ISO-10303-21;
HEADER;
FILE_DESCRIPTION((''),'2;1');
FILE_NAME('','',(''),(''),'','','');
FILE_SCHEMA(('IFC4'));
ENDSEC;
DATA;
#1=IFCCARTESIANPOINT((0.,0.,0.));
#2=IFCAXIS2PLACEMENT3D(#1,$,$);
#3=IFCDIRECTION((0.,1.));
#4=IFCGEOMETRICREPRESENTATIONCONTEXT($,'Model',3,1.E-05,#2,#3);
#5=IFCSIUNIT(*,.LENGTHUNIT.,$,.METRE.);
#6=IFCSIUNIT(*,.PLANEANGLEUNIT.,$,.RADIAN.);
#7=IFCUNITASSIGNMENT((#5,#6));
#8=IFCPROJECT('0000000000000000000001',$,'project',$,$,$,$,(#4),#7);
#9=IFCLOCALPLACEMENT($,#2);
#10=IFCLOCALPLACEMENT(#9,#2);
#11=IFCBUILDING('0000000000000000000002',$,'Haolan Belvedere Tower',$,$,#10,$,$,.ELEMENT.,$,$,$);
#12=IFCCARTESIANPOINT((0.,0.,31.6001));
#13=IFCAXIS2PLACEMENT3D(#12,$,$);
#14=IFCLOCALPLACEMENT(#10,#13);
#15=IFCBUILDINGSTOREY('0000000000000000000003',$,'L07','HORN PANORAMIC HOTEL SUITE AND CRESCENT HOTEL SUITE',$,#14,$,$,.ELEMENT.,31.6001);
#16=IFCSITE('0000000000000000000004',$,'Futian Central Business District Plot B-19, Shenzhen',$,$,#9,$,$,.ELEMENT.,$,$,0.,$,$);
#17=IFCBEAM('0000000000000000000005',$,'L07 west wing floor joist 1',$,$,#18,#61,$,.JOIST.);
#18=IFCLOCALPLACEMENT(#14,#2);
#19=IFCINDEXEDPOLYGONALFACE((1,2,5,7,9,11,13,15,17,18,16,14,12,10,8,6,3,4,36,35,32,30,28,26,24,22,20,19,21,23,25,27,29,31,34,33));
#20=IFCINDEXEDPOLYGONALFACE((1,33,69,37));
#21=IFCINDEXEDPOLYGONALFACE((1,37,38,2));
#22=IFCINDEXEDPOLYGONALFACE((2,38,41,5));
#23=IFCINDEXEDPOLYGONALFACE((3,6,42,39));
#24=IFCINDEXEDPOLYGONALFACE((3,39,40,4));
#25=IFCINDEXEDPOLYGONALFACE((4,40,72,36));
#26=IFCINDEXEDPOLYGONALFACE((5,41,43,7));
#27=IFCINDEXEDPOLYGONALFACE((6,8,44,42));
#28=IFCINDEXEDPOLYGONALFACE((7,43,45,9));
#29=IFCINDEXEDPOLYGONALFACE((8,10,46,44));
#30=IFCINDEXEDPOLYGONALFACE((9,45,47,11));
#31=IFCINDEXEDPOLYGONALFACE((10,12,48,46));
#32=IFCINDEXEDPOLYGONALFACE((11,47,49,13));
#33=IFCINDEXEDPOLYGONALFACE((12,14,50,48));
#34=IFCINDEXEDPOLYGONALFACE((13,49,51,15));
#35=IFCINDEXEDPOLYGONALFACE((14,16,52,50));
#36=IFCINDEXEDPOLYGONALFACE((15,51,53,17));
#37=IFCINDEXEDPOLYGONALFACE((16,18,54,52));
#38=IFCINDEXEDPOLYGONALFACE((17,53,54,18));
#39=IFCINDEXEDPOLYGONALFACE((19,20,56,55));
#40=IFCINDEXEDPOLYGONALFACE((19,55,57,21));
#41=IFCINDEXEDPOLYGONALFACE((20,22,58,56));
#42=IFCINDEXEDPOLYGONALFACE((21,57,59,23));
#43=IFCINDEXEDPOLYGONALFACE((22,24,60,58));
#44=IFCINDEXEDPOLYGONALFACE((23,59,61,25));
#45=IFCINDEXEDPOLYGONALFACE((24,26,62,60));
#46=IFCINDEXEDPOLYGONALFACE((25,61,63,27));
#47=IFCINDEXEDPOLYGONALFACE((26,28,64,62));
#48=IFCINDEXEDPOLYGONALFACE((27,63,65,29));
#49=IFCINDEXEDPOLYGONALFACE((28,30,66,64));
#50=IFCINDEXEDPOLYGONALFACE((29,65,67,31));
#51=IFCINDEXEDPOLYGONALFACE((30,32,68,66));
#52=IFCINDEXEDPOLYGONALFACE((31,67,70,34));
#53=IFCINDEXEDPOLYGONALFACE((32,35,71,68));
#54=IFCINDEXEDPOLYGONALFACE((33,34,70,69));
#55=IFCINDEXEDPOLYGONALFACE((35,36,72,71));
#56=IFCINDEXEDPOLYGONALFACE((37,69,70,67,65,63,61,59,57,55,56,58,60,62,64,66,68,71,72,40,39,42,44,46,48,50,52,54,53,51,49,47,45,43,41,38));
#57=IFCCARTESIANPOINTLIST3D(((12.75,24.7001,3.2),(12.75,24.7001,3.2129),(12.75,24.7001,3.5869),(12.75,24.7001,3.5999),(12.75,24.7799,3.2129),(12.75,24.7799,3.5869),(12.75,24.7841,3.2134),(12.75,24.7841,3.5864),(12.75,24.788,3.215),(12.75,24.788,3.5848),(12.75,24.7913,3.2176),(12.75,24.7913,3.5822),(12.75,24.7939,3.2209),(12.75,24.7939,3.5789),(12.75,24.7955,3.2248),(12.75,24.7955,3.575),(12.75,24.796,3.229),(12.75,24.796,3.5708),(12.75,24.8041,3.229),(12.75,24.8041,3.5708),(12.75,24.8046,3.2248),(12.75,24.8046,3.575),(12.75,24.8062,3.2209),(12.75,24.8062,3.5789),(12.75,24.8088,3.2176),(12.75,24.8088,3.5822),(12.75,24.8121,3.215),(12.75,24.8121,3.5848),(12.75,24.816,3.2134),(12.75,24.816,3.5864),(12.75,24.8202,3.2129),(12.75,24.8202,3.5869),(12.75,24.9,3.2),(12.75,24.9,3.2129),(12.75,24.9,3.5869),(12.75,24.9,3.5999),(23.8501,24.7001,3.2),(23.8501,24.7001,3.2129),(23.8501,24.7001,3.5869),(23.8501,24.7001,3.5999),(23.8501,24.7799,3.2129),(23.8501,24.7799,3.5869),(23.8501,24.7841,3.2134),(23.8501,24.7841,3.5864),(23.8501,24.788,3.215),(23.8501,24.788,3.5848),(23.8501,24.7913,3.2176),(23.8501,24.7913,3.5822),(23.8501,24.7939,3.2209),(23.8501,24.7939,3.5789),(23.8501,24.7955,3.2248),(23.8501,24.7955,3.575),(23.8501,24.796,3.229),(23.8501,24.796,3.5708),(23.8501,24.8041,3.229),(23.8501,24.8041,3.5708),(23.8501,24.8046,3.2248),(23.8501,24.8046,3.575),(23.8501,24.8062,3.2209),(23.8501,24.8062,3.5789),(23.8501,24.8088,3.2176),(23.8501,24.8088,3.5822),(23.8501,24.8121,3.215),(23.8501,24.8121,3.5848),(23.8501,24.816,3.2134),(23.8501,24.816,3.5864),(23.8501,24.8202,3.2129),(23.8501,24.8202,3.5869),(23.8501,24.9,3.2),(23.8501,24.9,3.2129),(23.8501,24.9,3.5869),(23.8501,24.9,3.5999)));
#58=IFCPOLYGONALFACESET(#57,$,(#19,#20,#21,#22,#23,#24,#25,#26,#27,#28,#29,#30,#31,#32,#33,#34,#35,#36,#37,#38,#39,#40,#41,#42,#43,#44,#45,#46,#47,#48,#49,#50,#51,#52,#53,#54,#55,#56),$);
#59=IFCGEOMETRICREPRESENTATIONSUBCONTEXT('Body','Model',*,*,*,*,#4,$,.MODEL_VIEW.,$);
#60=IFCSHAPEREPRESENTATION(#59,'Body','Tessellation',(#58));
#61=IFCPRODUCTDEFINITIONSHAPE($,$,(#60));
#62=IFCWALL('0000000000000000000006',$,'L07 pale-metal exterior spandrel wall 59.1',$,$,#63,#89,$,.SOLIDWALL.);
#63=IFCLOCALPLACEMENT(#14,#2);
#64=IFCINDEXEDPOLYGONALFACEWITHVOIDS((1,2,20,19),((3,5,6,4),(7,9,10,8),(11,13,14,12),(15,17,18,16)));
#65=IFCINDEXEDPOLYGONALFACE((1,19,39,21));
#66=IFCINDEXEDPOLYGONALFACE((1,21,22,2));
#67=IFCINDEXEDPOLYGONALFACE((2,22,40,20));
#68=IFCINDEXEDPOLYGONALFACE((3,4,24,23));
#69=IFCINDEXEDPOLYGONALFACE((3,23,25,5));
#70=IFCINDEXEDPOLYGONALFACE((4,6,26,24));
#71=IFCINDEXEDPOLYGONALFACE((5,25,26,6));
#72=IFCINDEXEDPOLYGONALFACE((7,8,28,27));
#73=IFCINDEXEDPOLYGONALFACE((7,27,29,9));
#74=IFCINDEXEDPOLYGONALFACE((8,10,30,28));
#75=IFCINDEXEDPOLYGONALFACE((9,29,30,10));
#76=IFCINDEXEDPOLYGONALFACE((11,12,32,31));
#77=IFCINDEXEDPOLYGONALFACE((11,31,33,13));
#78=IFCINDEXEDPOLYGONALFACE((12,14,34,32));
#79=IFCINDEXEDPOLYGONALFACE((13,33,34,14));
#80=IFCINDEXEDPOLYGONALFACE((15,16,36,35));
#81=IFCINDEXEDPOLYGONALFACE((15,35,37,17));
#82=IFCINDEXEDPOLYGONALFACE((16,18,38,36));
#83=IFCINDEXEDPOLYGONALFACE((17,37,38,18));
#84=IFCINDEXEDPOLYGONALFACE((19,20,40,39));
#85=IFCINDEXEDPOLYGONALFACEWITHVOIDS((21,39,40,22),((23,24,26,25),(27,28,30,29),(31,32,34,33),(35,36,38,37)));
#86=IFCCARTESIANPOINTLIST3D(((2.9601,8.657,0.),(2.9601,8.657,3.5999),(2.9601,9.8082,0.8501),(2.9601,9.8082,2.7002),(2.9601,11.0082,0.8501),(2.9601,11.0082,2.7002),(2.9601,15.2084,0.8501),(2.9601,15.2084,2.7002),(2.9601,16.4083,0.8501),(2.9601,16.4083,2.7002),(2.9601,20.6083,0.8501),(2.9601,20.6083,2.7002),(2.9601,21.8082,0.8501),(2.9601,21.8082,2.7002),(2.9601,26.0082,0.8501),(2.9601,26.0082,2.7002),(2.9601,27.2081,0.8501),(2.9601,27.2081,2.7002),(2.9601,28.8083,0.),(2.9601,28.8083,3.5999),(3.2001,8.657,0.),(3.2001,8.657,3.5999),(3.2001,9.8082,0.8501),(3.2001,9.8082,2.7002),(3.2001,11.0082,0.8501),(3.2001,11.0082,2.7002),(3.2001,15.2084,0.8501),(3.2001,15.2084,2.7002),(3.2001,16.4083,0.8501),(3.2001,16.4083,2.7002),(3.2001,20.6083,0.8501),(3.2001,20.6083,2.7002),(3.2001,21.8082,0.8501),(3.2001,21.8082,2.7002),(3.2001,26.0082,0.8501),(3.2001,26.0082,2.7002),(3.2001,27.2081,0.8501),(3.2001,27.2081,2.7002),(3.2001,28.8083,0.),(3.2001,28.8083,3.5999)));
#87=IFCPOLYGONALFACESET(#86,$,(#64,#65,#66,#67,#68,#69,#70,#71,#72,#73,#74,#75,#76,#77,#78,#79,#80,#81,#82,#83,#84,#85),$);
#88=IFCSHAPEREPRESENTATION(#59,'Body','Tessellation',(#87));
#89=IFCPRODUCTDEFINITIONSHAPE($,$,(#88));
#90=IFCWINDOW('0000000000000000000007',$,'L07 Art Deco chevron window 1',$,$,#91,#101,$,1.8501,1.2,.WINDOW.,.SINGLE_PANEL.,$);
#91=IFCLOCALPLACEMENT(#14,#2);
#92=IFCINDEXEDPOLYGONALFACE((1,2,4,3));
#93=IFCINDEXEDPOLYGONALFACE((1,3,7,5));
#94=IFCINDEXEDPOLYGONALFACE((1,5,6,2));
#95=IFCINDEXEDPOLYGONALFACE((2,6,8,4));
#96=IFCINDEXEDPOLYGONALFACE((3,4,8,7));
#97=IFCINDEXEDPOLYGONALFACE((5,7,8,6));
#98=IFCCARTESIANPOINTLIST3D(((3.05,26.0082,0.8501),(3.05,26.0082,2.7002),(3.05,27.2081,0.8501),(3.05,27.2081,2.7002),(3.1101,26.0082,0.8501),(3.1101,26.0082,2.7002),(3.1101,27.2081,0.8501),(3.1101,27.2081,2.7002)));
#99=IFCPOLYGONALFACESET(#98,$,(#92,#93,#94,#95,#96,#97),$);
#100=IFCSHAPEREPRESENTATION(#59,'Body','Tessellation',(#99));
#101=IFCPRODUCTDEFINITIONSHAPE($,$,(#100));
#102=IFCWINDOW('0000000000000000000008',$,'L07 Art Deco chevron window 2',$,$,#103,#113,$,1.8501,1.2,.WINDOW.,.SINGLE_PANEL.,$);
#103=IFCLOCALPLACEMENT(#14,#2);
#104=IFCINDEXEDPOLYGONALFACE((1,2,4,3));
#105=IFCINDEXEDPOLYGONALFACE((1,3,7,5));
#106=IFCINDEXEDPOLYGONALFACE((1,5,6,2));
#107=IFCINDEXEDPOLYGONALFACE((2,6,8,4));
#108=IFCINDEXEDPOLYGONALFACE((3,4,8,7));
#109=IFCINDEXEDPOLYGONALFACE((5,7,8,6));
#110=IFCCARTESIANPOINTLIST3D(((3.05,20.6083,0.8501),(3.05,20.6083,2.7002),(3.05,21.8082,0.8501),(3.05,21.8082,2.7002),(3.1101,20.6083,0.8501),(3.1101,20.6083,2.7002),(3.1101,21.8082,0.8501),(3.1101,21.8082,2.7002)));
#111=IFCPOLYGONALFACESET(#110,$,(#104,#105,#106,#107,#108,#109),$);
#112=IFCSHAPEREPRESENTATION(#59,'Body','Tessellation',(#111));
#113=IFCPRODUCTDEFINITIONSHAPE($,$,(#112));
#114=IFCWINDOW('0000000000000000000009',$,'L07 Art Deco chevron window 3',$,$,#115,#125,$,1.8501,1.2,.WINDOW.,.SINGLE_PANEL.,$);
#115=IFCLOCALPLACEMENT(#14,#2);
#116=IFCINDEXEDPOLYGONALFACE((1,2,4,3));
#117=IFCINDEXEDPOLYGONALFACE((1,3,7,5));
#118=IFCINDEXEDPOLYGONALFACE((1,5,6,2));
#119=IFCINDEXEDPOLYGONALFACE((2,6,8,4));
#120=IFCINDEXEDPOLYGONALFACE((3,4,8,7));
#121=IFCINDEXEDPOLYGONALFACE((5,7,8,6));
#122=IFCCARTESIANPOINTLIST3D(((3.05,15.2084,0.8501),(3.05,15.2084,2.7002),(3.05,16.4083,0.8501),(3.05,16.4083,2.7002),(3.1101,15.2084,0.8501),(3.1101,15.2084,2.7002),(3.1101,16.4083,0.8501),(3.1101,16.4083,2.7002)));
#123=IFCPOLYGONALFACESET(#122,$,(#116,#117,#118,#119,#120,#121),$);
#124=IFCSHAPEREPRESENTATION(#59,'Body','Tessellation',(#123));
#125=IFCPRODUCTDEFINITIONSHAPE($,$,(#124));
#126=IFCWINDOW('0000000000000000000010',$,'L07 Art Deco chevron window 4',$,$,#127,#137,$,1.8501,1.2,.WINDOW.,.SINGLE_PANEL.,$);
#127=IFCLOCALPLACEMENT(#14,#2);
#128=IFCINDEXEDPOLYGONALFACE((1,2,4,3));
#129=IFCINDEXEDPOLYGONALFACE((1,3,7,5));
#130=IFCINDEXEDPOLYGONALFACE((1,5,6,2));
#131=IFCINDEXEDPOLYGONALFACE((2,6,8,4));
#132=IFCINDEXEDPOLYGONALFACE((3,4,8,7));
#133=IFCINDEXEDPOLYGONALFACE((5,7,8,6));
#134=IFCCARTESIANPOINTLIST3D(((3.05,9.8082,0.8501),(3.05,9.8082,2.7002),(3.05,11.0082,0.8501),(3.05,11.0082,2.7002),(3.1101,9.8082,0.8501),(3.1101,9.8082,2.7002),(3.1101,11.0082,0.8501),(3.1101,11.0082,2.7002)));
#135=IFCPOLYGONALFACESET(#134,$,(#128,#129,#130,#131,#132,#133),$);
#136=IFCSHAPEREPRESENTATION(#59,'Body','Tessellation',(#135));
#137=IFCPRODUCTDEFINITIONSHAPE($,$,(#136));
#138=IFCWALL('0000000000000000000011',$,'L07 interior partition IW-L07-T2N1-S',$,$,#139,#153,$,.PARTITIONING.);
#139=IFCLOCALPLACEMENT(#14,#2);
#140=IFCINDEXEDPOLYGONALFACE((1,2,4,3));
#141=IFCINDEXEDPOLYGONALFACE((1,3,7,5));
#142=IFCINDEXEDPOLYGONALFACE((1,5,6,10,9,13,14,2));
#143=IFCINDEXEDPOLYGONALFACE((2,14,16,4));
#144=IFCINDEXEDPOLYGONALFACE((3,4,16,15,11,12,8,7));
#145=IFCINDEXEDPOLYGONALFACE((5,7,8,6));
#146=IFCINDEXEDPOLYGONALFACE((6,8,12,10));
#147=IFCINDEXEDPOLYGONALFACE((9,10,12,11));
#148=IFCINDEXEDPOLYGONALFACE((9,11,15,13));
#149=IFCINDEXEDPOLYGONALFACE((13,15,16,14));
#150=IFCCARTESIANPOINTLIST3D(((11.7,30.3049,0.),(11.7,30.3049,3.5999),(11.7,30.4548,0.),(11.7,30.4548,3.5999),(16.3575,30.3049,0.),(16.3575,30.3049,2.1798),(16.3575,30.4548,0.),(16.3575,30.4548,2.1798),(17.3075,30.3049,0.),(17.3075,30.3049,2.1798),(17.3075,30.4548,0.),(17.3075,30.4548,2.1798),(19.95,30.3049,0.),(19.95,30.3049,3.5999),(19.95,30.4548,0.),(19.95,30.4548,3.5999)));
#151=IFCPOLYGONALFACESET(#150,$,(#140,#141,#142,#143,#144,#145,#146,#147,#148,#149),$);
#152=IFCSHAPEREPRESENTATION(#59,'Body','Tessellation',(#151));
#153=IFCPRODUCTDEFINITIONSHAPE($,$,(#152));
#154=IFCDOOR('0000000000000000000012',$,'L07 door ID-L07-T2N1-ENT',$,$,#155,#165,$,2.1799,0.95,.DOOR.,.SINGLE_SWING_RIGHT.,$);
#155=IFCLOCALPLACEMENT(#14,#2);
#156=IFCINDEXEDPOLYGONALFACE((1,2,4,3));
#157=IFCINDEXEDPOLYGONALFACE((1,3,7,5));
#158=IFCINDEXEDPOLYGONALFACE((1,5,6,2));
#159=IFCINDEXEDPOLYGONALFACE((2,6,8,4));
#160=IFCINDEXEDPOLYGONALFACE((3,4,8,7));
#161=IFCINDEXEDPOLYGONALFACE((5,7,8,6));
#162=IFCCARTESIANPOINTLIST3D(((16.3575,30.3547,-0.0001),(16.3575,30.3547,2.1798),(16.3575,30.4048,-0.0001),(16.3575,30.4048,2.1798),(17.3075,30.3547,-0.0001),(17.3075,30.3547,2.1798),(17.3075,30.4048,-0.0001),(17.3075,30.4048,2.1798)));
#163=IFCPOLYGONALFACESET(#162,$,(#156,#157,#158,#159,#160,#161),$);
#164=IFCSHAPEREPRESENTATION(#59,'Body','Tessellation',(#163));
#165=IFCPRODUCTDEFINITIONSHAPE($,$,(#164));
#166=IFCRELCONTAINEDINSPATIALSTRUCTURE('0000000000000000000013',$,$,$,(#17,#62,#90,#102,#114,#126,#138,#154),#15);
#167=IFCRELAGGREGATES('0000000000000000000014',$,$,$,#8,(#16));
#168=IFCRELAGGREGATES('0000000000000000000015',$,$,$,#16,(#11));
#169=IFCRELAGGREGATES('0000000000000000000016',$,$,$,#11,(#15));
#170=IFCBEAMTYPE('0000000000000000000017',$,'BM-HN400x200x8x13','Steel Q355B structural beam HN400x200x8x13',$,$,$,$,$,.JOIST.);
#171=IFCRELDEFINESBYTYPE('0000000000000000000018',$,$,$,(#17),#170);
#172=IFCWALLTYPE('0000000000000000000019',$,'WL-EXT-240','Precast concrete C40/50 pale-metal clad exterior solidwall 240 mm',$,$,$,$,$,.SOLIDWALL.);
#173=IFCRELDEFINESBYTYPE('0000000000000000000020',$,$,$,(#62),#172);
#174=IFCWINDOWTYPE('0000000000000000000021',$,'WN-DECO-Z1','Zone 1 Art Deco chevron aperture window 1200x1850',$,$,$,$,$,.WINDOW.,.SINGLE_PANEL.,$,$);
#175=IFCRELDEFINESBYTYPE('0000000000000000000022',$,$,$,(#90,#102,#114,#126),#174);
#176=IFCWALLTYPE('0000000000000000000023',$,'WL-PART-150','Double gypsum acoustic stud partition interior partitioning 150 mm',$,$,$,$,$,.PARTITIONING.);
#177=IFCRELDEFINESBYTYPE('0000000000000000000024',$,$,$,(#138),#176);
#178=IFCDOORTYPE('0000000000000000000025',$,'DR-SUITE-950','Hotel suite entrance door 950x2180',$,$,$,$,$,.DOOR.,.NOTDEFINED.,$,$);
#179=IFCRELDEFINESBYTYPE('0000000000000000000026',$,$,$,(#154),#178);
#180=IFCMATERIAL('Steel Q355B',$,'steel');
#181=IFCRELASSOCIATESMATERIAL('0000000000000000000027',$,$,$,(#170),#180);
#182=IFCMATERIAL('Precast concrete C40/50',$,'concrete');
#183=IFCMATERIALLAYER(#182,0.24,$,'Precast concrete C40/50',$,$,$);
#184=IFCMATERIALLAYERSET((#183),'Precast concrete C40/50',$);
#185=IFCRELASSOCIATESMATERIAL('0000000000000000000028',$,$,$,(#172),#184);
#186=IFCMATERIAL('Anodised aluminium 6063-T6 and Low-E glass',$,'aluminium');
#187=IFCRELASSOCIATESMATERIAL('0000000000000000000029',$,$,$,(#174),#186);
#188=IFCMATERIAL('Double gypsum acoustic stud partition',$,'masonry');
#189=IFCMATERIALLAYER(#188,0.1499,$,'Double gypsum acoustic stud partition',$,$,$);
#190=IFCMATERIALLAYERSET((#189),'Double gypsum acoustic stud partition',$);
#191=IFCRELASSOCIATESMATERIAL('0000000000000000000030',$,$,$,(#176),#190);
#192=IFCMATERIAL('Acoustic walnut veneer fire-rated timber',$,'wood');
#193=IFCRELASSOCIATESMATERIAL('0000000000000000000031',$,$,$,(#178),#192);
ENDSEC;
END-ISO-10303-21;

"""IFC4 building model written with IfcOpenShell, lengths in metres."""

from ifc_helpers import new_model, si_unit, direction, frame, frame_2d, origin, origin_2d, place, context, subcontext, project, spatial, rectangle, i_section, extrude, material, layer, layer_set, material_profile, profile_set, type_object, element, fill, save


model = new_model("IFC4")

# Units and contexts
model_context = context("Model", 3, precision=1e-05, world=origin(), true_north=direction((0.0, 1.0)))
body_context = subcontext(model_context, "Body", "Model", "MODEL_VIEW")
ifc_project = project(units=[si_unit("LENGTHUNIT", "METRE"), si_unit("PLANEANGLEUNIT", "RADIAN")], contexts=[model_context])

# Site, building, storey
site_placement = place(None, origin())
site = spatial("IfcSite", under=ifc_project, at=site_placement, Name="Futian Central Business District Plot B-19, Shenzhen", CompositionType="ELEMENT", RefElevation=0.0)
building_placement = place(site_placement, origin())
building = spatial("IfcBuilding", under=site, at=building_placement, Name="Haolan Belvedere Tower", CompositionType="ELEMENT")
storey_placement = place(building_placement, frame((0.0, 0.0, 31.6001)))
storey = spatial("IfcBuildingStorey", under=building, at=storey_placement, Name="L07", Description="HORN PANORAMIC HOTEL SUITE AND CRESCENT HOTEL SUITE", CompositionType="ELEMENT", Elevation=31.6001)

# Shared definitions
ifc_material_1 = material(Name="Steel Q355B", Category="steel")

# Beam
ifc_material_profile_1 = material_profile(ifc_material_1, i_section(OverallWidth=0.2, OverallDepth=0.3999, WebThickness=0.0081, FlangeThickness=0.0129, FilletRadius=0.0161, at=origin_2d()), Name="Steel Q355B")
ifc_profile_set_1 = profile_set([ifc_material_profile_1], Name="Steel Q355B")
beam_type_1 = type_object("IfcBeamType", Name="BM-HN400x200x8x13", Description="Steel Q355B structural beam HN400x200x8x13", PredefinedType="JOIST", material=ifc_profile_set_1)
beam_1_placement = place(storey_placement, frame((12.75, 24.8, 3.3999), z_axis=(1.0, 0.0, 0.0), x_axis=(0.0, 1.0, 0.0)))
element("IfcBeam", 1, at=beam_1_placement, inside=storey, type_object=beam_type_1, Name="L07 west wing floor joist 1", PredefinedType="JOIST", context=body_context, shape_type="SweptSolid", body=[
    extrude(i_section(OverallWidth=0.2, OverallDepth=0.3999, WebThickness=0.0081, FlangeThickness=0.0129, FilletRadius=0.0161, at=origin_2d()), origin(), (0.0, 0.0, 1.0), 11.1001),
])

# Wall, openings, windows
ifc_material_2 = material(Name="Precast concrete C40/50", Category="concrete")
ifc_layer_1 = layer(ifc_material_2, 0.24, Name="Precast concrete C40/50")
ifc_layer_set_1 = layer_set([ifc_layer_1], Name="Precast concrete C40/50")
wall_type_1 = type_object("IfcWallType", Name="WL-EXT-240", Description="Precast concrete C40/50 pale-metal clad exterior solidwall 240 mm", PredefinedType="SOLIDWALL", material=ifc_layer_set_1)
wall_1_placement = place(storey_placement, frame((3.0801, 28.8083, 0.0), z_axis=(0.0, 0.0, 1.0), x_axis=(0.0, -1.0, 0.0)))
wall_1 = element("IfcWall", 2, at=wall_1_placement, inside=storey, type_object=wall_type_1, Name="L07 pale-metal exterior spandrel wall 59.1", PredefinedType="SOLIDWALL", context=body_context, shape_type="SweptSolid", body=[
    extrude(rectangle(XDim=20.1514, YDim=0.24, at=frame_2d((10.0757, 0.0))), origin(), (0.0, 0.0, 1.0), 3.5999),
])
opening_1_placement = place(wall_1_placement, frame((1.6001, 0.0, 0.8501)))
opening_1 = element("IfcOpeningElement", 3, at=opening_1_placement, cuts=wall_1, PredefinedType="OPENING", context=body_context, shape_type="SweptSolid", body=[
    extrude(rectangle(XDim=1.2, YDim=1.8501, at=frame_2d((0.6001, 0.925))), frame((0.0, 0.1299, 0.0), z_axis=(0.0, -1.0, 0.0), x_axis=(1.0, 0.0, 0.0)), (0.0, 0.0, 1.0), 0.26),
])
opening_2_placement = place(wall_1_placement, frame((7.0, 0.0, 0.8501)))
opening_2 = element("IfcOpeningElement", 4, at=opening_2_placement, cuts=wall_1, PredefinedType="OPENING", context=body_context, shape_type="SweptSolid", body=[
    extrude(rectangle(XDim=1.2, YDim=1.8501, at=frame_2d((0.6001, 0.925))), frame((0.0, 0.1299, 0.0), z_axis=(0.0, -1.0, 0.0), x_axis=(1.0, 0.0, 0.0)), (0.0, 0.0, 1.0), 0.26),
])
opening_3_placement = place(wall_1_placement, frame((12.3999, 0.0, 0.8501)))
opening_3 = element("IfcOpeningElement", 5, at=opening_3_placement, cuts=wall_1, PredefinedType="OPENING", context=body_context, shape_type="SweptSolid", body=[
    extrude(rectangle(XDim=1.2, YDim=1.8501, at=frame_2d((0.6001, 0.925))), frame((0.0, 0.1299, 0.0), z_axis=(0.0, -1.0, 0.0), x_axis=(1.0, 0.0, 0.0)), (0.0, 0.0, 1.0), 0.26),
])
opening_4_placement = place(wall_1_placement, frame((17.8, 0.0, 0.8501)))
opening_4 = element("IfcOpeningElement", 6, at=opening_4_placement, cuts=wall_1, PredefinedType="OPENING", context=body_context, shape_type="SweptSolid", body=[
    extrude(rectangle(XDim=1.2, YDim=1.8501, at=frame_2d((0.6001, 0.925))), frame((0.0, 0.1299, 0.0), z_axis=(0.0, -1.0, 0.0), x_axis=(1.0, 0.0, 0.0)), (0.0, 0.0, 1.0), 0.26),
])
ifc_material_3 = material(Name="Anodised aluminium 6063-T6 and Low-E glass", Category="aluminium")
window_type = type_object("IfcWindowType", Name="WN-DECO-Z1", Description="Zone 1 Art Deco chevron aperture window 1200x1850", PartitioningType="SINGLE_PANEL", PredefinedType="WINDOW", material=ifc_material_3)
window_1_placement = place(opening_1_placement, origin())
window_1 = element("IfcWindow", 7, at=window_1_placement, inside=storey, type_object=window_type, Name="L07 Art Deco chevron window 1", OverallHeight=1.8501, OverallWidth=1.2, PartitioningType="SINGLE_PANEL", PredefinedType="WINDOW", context=body_context, shape_type="SweptSolid", body=[
    extrude(rectangle(XDim=1.2, YDim=1.8501, at=frame_2d((0.6001, 0.925))), frame((0.0, 0.03, 0.0), z_axis=(0.0, -1.0, 0.0), x_axis=(1.0, 0.0, 0.0)), (0.0, 0.0, 1.0), 0.0601),
])
fill(opening_1, window_1)
window_2_placement = place(opening_2_placement, origin())
window_2 = element("IfcWindow", 8, at=window_2_placement, inside=storey, type_object=window_type, Name="L07 Art Deco chevron window 2", OverallHeight=1.8501, OverallWidth=1.2, PartitioningType="SINGLE_PANEL", PredefinedType="WINDOW", context=body_context, shape_type="SweptSolid", body=[
    extrude(rectangle(XDim=1.2, YDim=1.8501, at=frame_2d((0.6001, 0.925))), frame((0.0, 0.03, 0.0), z_axis=(0.0, -1.0, 0.0), x_axis=(1.0, 0.0, 0.0)), (0.0, 0.0, 1.0), 0.0601),
])
fill(opening_2, window_2)
window_3_placement = place(opening_3_placement, origin())
window_3 = element("IfcWindow", 9, at=window_3_placement, inside=storey, type_object=window_type, Name="L07 Art Deco chevron window 3", OverallHeight=1.8501, OverallWidth=1.2, PartitioningType="SINGLE_PANEL", PredefinedType="WINDOW", context=body_context, shape_type="SweptSolid", body=[
    extrude(rectangle(XDim=1.2, YDim=1.8501, at=frame_2d((0.6001, 0.925))), frame((0.0, 0.03, 0.0), z_axis=(0.0, -1.0, 0.0), x_axis=(1.0, 0.0, 0.0)), (0.0, 0.0, 1.0), 0.0601),
])
fill(opening_3, window_3)
window_4_placement = place(opening_4_placement, origin())
window_4 = element("IfcWindow", 10, at=window_4_placement, inside=storey, type_object=window_type, Name="L07 Art Deco chevron window 4", OverallHeight=1.8501, OverallWidth=1.2, PartitioningType="SINGLE_PANEL", PredefinedType="WINDOW", context=body_context, shape_type="SweptSolid", body=[
    extrude(rectangle(XDim=1.2, YDim=1.8501, at=frame_2d((0.6001, 0.925))), frame((0.0, 0.03, 0.0), z_axis=(0.0, -1.0, 0.0), x_axis=(1.0, 0.0, 0.0)), (0.0, 0.0, 1.0), 0.0601),
])
fill(opening_4, window_4)

# Wall, opening, door
ifc_material_4 = material(Name="Double gypsum acoustic stud partition", Category="masonry")
ifc_layer_2 = layer(ifc_material_4, 0.1499, Name="Double gypsum acoustic stud partition")
ifc_layer_set_2 = layer_set([ifc_layer_2], Name="Double gypsum acoustic stud partition")
wall_type_2 = type_object("IfcWallType", Name="WL-PART-150", Description="Double gypsum acoustic stud partition interior partitioning 150 mm", PredefinedType="PARTITIONING", material=ifc_layer_set_2)
wall_2_placement = place(storey_placement, frame((11.7, 30.3799, 0.0), z_axis=(0.0, 0.0, 1.0), x_axis=(1.0, 0.0, 0.0)))
wall_2 = element("IfcWall", 11, at=wall_2_placement, inside=storey, type_object=wall_type_2, Name="L07 interior partition IW-L07-T2N1-S", PredefinedType="PARTITIONING", context=body_context, shape_type="SweptSolid", body=[
    extrude(rectangle(XDim=8.25, YDim=0.1499, at=frame_2d((4.125, 0.0))), origin(), (0.0, 0.0, 1.0), 3.5999),
])
opening_5_placement = place(wall_2_placement, frame((4.6575, 0.0, 0.0)))
opening_5 = element("IfcOpeningElement", 12, at=opening_5_placement, cuts=wall_2, PredefinedType="OPENING", context=body_context, shape_type="SweptSolid", body=[
    extrude(rectangle(XDim=0.95, YDim=2.1799, at=frame_2d((0.4751, 1.0898))), frame((0.0, 0.085, 0.0), z_axis=(0.0, -1.0, 0.0), x_axis=(1.0, 0.0, 0.0)), (0.0, 0.0, 1.0), 0.1699),
])
ifc_material_5 = material(Name="Acoustic walnut veneer fire-rated timber", Category="wood")
door_type_1 = type_object("IfcDoorType", Name="DR-SUITE-950", Description="Hotel suite entrance door 950x2180", OperationType="NOTDEFINED", PredefinedType="DOOR", material=ifc_material_5)
door_1_placement = place(opening_5_placement, origin())
door_1 = element("IfcDoor", 13, at=door_1_placement, inside=storey, type_object=door_type_1, Name="L07 door ID-L07-T2N1-ENT", OperationType="SINGLE_SWING_RIGHT", OverallHeight=2.1799, OverallWidth=0.95, PredefinedType="DOOR", context=body_context, shape_type="SweptSolid", body=[
    extrude(rectangle(XDim=0.95, YDim=2.1799, at=frame_2d((0.4751, 1.0898))), frame((0.0, 0.0249, 0.0), z_axis=(0.0, -1.0, 0.0), x_axis=(1.0, 0.0, 0.0)), (0.0, 0.0, 1.0), 0.05),
])
fill(opening_5, door_1)

save(model, "model.ifc")
